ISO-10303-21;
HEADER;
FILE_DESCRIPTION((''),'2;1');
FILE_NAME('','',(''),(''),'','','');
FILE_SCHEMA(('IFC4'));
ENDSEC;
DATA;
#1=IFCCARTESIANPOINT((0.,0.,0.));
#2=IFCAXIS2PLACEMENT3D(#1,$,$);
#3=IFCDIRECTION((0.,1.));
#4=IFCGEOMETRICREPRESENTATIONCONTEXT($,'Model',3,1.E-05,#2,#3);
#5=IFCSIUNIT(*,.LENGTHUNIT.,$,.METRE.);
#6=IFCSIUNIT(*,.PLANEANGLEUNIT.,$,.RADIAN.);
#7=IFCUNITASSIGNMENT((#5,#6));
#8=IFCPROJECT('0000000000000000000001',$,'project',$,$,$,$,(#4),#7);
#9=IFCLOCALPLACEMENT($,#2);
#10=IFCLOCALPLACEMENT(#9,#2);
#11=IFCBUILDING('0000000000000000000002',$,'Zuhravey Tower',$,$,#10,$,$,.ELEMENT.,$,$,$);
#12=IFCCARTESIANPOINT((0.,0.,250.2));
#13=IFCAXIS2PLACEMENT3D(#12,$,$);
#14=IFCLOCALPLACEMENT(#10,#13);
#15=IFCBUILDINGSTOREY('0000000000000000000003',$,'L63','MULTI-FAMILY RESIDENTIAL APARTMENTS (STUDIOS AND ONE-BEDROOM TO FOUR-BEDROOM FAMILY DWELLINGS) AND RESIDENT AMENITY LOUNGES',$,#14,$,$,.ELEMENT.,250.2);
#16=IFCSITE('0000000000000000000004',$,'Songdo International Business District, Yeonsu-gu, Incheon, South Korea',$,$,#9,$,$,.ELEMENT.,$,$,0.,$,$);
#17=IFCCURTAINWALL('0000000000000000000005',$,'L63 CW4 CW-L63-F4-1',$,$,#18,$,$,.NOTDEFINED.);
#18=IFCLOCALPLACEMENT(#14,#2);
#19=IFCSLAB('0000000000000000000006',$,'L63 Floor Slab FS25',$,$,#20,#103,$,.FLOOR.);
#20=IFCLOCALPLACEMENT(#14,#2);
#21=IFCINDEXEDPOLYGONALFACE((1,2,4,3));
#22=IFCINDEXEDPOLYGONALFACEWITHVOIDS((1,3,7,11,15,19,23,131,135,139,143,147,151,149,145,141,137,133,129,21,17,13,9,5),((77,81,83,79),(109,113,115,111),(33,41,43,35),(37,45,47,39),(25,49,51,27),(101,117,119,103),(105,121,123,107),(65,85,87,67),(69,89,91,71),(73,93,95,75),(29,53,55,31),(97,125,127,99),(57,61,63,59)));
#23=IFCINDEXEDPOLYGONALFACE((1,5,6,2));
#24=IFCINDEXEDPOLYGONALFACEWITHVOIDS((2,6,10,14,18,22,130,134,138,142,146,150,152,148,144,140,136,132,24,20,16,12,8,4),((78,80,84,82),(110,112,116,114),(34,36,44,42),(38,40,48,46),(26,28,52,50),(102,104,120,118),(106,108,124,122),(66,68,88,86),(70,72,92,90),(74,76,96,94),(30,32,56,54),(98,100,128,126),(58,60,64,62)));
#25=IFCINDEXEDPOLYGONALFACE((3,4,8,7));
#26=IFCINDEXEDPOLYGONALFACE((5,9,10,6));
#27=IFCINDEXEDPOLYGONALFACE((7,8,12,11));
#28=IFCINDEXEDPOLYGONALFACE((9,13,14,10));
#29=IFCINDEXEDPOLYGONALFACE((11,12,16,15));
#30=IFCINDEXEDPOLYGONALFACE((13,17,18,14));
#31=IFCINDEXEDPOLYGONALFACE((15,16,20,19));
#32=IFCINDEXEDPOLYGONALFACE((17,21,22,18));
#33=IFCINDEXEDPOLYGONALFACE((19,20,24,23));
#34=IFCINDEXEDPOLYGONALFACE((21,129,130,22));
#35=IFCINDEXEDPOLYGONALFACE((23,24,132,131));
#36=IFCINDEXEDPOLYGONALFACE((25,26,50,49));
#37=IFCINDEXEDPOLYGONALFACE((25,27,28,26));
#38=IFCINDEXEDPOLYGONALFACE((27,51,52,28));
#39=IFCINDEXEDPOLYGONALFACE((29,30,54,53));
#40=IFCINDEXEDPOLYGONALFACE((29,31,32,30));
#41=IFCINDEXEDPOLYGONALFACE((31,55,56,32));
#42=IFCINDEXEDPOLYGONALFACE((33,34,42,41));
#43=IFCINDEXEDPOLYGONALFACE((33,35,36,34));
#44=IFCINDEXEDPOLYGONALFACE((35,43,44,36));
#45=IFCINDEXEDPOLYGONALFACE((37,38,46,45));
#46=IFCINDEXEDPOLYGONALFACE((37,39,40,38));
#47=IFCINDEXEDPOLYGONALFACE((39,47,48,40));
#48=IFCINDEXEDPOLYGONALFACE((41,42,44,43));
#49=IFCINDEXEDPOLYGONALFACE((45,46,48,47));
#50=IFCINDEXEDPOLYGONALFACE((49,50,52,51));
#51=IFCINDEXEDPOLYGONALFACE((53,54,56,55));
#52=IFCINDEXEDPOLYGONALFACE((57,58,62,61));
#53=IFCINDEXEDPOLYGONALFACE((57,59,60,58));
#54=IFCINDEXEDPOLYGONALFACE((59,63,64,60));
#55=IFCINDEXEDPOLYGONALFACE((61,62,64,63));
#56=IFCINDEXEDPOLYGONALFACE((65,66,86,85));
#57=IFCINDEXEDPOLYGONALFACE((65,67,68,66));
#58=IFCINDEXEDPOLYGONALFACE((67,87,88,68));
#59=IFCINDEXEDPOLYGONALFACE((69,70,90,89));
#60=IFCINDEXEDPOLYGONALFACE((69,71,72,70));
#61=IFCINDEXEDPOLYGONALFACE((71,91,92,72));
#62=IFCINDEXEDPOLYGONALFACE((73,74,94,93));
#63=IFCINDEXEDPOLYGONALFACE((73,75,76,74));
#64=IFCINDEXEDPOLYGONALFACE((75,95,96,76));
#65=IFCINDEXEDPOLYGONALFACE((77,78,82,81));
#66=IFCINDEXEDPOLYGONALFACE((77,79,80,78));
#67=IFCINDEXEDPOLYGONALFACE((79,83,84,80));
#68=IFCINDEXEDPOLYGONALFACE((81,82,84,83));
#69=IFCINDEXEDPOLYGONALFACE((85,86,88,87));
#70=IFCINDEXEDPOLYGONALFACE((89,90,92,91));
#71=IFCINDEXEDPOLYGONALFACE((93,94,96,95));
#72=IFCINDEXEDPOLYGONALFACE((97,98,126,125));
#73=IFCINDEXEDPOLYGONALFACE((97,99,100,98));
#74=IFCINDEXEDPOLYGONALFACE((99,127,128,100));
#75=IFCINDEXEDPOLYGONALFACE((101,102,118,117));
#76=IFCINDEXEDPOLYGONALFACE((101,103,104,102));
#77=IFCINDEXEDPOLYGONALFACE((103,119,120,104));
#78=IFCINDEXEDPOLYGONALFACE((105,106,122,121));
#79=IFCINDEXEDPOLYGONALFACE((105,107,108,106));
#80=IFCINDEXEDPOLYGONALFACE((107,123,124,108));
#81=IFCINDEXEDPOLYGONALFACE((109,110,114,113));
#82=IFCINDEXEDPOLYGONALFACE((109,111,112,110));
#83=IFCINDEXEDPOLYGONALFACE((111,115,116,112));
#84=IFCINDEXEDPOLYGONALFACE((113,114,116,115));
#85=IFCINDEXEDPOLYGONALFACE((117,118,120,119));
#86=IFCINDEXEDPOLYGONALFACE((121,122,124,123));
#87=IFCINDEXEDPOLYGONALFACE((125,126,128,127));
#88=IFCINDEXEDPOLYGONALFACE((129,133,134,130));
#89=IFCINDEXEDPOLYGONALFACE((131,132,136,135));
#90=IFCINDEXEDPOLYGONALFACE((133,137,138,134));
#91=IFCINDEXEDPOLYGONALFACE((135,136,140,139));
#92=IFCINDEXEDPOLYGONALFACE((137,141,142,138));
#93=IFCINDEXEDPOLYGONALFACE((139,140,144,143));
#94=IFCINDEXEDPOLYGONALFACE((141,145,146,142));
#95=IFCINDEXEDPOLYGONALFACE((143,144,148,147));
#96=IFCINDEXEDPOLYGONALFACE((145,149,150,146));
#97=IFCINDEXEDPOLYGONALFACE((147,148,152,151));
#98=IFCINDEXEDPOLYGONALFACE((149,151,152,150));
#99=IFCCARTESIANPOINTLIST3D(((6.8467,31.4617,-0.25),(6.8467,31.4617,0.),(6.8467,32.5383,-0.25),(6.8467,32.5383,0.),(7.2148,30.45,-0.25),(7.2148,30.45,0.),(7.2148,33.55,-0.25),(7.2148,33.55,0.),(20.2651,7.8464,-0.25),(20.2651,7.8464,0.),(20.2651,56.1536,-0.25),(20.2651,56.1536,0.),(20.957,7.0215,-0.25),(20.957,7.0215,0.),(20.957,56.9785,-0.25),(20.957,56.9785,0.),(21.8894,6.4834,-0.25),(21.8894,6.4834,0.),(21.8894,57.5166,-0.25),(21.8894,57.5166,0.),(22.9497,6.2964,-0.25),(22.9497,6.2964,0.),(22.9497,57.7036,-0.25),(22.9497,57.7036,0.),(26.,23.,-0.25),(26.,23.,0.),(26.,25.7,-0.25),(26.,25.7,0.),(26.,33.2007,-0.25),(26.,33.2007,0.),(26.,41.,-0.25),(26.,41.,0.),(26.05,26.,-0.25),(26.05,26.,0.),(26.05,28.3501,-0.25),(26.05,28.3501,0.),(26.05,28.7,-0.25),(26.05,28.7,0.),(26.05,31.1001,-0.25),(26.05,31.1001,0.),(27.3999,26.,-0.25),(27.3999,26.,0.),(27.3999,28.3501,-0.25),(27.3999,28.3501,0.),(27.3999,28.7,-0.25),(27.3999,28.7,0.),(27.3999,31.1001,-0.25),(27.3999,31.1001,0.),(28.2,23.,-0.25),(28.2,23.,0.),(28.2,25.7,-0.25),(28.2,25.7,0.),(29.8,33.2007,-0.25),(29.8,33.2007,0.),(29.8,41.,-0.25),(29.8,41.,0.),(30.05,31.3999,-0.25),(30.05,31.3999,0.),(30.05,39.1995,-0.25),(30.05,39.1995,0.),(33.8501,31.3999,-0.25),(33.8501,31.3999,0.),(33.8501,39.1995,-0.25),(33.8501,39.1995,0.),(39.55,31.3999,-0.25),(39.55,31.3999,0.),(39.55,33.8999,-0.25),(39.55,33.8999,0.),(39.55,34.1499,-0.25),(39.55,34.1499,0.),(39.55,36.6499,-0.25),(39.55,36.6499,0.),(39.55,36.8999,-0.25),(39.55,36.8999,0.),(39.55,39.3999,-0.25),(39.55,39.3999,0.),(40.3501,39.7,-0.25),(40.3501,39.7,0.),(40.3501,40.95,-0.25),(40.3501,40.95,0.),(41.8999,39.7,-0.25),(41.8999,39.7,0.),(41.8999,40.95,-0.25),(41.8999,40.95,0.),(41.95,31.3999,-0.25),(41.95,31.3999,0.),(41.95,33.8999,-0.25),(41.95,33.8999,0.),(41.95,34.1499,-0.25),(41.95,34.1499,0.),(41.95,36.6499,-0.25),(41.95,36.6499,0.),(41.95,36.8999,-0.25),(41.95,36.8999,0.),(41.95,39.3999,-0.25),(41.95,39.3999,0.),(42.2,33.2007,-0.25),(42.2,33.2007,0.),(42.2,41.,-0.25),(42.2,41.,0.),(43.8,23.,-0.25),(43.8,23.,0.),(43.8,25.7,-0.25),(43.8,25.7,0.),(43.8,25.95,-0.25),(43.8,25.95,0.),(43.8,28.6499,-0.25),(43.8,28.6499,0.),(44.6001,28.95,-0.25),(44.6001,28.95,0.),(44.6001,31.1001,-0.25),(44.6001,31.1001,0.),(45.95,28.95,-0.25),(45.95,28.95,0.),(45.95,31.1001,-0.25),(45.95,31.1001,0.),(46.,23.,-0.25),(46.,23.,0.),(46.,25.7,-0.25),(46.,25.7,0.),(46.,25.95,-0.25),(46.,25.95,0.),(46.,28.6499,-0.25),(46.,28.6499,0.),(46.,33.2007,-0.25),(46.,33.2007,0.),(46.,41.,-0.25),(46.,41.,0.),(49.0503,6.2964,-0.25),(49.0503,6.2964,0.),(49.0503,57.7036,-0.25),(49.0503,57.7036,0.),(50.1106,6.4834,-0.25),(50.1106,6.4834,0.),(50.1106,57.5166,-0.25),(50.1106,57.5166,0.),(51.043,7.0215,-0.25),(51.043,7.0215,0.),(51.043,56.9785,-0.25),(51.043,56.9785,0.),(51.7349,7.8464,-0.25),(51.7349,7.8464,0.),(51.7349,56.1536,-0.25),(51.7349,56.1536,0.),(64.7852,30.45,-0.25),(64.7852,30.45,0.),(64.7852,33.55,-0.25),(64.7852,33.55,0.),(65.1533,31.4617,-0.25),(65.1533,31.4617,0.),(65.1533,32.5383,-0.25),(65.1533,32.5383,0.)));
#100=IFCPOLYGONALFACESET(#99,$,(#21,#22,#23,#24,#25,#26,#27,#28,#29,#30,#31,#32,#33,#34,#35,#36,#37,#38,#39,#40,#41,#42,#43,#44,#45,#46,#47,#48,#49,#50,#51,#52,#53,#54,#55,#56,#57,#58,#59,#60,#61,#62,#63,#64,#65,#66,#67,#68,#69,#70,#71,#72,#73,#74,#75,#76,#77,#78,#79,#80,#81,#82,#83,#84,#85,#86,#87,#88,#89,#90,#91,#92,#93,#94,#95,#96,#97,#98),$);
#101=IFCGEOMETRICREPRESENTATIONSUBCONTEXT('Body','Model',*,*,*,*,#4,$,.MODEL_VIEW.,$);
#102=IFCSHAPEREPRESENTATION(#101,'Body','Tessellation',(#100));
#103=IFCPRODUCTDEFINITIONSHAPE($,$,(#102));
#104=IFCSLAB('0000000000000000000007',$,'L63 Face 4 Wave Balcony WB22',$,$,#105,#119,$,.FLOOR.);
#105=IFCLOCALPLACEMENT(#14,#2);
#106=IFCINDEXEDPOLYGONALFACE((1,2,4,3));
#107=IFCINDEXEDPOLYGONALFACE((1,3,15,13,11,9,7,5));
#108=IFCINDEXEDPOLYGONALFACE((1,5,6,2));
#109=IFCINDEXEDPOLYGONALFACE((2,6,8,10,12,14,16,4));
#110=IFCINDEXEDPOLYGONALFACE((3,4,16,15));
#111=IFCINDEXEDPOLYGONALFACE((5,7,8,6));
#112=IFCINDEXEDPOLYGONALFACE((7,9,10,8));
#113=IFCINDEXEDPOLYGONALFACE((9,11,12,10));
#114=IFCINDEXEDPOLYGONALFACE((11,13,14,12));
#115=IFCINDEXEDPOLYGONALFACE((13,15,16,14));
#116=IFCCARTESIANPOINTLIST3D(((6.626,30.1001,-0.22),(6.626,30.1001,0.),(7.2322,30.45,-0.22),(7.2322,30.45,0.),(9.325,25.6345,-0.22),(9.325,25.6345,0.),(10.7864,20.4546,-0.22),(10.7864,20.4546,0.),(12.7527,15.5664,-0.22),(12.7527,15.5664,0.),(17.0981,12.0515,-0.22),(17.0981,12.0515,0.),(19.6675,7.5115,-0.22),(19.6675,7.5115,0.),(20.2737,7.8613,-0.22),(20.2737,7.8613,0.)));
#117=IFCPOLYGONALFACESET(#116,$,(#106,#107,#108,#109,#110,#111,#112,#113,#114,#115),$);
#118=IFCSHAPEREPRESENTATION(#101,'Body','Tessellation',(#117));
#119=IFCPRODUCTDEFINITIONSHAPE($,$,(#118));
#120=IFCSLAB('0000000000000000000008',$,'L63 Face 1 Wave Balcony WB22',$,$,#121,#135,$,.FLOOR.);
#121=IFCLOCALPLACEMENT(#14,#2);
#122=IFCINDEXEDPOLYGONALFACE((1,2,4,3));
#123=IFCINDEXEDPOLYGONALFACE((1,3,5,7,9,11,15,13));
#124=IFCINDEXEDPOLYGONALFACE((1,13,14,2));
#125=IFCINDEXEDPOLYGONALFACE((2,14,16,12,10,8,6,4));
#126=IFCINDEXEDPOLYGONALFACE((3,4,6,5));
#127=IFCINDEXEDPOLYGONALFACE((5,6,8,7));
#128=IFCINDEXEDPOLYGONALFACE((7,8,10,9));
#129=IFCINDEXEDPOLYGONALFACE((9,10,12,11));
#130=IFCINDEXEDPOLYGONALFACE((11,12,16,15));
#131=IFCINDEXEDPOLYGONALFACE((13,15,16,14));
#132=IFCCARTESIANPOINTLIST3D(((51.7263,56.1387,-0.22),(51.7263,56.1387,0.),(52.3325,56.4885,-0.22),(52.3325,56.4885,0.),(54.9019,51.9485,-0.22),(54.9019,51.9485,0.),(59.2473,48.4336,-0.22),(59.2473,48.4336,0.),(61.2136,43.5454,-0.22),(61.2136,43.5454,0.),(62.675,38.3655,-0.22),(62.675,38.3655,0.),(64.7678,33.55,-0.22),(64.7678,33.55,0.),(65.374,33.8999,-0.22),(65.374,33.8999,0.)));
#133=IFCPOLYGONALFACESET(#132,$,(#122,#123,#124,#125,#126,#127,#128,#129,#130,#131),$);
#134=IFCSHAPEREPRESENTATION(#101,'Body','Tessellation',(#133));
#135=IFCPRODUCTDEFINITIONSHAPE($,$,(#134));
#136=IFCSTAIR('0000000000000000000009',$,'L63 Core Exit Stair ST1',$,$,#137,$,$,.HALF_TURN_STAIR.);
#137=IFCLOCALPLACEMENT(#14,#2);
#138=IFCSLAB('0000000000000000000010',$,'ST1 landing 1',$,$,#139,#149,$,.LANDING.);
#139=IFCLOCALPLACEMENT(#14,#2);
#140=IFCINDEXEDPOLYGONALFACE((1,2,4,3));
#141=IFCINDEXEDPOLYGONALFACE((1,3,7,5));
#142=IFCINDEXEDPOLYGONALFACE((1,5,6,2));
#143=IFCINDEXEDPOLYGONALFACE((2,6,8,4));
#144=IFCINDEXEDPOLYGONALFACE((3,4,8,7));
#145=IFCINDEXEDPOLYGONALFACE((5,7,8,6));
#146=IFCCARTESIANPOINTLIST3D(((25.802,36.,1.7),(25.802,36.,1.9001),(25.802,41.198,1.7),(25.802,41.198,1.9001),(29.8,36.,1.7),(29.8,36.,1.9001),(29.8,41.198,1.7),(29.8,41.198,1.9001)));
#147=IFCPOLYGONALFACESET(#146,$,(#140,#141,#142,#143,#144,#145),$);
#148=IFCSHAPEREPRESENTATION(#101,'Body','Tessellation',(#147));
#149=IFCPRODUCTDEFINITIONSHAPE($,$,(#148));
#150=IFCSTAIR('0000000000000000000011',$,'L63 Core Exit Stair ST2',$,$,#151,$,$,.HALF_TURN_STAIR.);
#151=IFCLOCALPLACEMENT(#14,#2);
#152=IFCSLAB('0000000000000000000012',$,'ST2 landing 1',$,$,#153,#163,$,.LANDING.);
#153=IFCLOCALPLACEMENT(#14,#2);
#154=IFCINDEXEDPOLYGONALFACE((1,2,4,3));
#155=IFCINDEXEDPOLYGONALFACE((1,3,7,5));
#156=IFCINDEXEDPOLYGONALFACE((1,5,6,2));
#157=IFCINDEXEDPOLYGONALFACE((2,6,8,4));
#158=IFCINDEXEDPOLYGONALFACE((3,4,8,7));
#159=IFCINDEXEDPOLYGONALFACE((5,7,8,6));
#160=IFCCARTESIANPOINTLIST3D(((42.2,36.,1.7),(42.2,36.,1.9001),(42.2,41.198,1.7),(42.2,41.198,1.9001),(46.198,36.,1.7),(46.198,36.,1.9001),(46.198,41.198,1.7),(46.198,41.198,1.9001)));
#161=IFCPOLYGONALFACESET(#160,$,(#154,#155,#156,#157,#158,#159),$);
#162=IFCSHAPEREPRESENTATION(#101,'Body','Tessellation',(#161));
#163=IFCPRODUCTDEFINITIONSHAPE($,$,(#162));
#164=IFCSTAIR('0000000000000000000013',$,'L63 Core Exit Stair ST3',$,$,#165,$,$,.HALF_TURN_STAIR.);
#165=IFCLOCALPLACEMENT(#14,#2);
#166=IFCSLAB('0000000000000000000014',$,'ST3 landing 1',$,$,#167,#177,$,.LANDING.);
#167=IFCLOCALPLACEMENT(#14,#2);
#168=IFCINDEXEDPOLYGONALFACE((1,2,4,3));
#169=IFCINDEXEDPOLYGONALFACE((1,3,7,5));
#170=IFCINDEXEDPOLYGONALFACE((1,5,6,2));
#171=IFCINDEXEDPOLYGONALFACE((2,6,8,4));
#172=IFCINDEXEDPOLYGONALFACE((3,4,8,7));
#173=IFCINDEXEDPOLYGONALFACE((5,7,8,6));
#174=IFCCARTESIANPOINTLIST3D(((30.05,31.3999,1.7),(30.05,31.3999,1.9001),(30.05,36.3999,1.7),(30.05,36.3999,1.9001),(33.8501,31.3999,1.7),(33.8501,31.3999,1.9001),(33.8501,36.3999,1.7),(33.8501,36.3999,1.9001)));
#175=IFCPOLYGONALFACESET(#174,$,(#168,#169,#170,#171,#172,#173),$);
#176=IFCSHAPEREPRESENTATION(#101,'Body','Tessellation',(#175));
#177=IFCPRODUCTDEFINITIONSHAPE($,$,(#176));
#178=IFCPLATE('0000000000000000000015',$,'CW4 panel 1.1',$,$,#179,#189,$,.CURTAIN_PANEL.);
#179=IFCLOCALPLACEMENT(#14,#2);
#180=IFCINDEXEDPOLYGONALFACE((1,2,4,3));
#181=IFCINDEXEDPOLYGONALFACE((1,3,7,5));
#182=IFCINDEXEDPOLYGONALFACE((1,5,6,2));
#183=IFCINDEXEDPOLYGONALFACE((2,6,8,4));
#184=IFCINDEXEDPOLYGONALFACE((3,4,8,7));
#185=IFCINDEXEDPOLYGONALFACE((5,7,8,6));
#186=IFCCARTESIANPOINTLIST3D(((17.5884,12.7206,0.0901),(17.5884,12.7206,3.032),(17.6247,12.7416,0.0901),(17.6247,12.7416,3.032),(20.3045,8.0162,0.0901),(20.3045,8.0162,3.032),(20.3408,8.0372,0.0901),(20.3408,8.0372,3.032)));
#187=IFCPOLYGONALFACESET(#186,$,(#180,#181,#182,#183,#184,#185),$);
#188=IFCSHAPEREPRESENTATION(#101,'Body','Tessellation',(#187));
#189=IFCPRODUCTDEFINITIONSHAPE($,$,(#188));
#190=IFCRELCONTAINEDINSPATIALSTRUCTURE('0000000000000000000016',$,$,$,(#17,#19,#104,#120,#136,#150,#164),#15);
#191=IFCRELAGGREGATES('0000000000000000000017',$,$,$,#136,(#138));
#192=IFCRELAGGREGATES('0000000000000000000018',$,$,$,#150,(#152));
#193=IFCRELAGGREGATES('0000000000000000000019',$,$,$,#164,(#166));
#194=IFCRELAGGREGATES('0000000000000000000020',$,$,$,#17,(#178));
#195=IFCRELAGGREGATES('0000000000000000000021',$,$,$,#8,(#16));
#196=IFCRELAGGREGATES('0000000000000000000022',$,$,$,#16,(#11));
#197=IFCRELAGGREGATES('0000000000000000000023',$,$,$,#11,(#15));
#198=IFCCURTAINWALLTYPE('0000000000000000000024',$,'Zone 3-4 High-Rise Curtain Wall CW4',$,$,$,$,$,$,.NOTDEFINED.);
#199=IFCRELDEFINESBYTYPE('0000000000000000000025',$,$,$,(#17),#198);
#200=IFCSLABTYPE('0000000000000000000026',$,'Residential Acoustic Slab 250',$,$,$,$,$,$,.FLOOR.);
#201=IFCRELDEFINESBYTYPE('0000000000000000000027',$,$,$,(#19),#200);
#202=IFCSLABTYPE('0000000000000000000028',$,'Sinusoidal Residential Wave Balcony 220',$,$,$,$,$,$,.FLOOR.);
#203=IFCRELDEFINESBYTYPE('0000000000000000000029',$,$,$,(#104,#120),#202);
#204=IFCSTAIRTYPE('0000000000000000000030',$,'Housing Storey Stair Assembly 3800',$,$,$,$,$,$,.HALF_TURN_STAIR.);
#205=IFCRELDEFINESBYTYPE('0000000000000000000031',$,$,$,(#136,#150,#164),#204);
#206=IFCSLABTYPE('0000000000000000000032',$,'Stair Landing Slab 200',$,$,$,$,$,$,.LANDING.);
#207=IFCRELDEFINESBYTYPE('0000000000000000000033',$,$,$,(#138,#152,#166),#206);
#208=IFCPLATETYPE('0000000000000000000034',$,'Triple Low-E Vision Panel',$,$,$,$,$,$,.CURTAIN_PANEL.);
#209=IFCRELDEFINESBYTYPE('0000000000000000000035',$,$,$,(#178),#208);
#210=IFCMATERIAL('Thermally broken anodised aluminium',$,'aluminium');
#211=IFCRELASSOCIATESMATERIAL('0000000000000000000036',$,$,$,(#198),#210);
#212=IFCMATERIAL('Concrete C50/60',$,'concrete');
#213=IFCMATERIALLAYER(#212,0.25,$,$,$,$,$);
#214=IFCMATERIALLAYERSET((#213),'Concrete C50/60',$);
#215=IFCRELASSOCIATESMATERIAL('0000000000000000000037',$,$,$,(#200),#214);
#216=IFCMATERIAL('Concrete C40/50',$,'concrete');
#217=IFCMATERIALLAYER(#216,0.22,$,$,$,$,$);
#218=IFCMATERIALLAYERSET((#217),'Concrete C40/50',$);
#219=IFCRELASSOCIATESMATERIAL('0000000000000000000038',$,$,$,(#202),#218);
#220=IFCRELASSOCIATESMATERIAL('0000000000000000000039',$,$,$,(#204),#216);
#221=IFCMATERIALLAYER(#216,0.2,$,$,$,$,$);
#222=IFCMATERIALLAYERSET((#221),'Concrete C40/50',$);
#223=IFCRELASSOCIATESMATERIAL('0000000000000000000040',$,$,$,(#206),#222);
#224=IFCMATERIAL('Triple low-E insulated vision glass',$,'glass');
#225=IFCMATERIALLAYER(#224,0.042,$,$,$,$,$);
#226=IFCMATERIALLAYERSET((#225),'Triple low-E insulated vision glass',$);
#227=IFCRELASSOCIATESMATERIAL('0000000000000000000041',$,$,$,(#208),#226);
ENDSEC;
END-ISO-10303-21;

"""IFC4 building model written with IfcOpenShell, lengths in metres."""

from ifc_helpers import new_model, si_unit, direction, frame, origin, origin_2d, place, context, subcontext, project, spatial, polyline, rectangle, outline, extrude, material, layer, layer_set, type_object, element, aggregate, save


model = new_model("IFC4")

# Units and contexts
model_context = context("Model", 3, precision=1e-05, world=origin(), true_north=direction((0.0, 1.0)))
body_context = subcontext(model_context, "Body", "Model", "MODEL_VIEW")
ifc_project = project(units=[si_unit("LENGTHUNIT", "METRE"), si_unit("PLANEANGLEUNIT", "RADIAN")], contexts=[model_context])

# Site, building, storey
site_placement = place(None, origin())
site = spatial("IfcSite", under=ifc_project, at=site_placement, Name="Songdo International Business District, Yeonsu-gu, Incheon, South Korea", CompositionType="ELEMENT", RefElevation=0.0)
building_placement = place(site_placement, origin())
building = spatial("IfcBuilding", under=site, at=building_placement, Name="Zuhravey Tower", CompositionType="ELEMENT")
storey_placement = place(building_placement, frame((0.0, 0.0, 250.2)))
storey = spatial("IfcBuildingStorey", under=building, at=storey_placement, Name="L63", Description="MULTI-FAMILY RESIDENTIAL APARTMENTS (STUDIOS AND ONE-BEDROOM TO FOUR-BEDROOM FAMILY DWELLINGS) AND RESIDENT AMENITY LOUNGES", CompositionType="ELEMENT", Elevation=250.2)

# Shared definitions
ifc_material_1 = material(Name="Concrete C50/60", Category="concrete")

# Curtain wall
ifc_material_2 = material(Name="Thermally broken anodised aluminium", Category="aluminium")
curtain_wall_type = type_object("IfcCurtainWallType", Name="Zone 3-4 High-Rise Curtain Wall CW4", PredefinedType="NOTDEFINED", material=ifc_material_2)
curtain_wall_placement = place(storey_placement, origin())
curtain_wall = element("IfcCurtainWall", 1, at=curtain_wall_placement, inside=storey, type_object=curtain_wall_type, Name="L63 CW4 CW-L63-F4-1", PredefinedType="NOTDEFINED")

# Slabs
ifc_layer_1 = layer(ifc_material_1, 0.25)
ifc_layer_set_1 = layer_set([ifc_layer_1], Name="Concrete C50/60")
slab_type_1 = type_object("IfcSlabType", Name="Residential Acoustic Slab 250", PredefinedType="FLOOR", material=ifc_layer_set_1)
slab_1_placement = place(storey_placement, frame((0.0, 0.0, -0.25)))
element("IfcSlab", 2, at=slab_1_placement, inside=storey, type_object=slab_type_1, Name="L63 Floor Slab FS25", PredefinedType="FLOOR", context=body_context, shape_type="SweptSolid", body=[
    extrude(outline(polyline([(64.7852, 30.45), (65.1533, 31.4617), (65.1533, 32.5383), (64.7852, 33.55), (51.7349, 56.1536), (51.043, 56.9785), (50.1106, 57.5166), (49.0503, 57.7036), (22.9497, 57.7036), (21.8894, 57.5166), (20.957, 56.9785), (20.2651, 56.1536), (7.2148, 33.55), (6.8467, 32.5383), (6.8467, 31.4617), (7.2148, 30.45), (20.2651, 7.8464), (20.957, 7.0215), (21.8894, 6.4834), (22.9497, 6.2964), (49.0503, 6.2964), (50.1106, 6.4834), (51.043, 7.0215), (51.7349, 7.8464), (64.7852, 30.45)]), holes=[polyline([(29.8, 33.2007), (29.8, 41.0), (26.0, 41.0), (26.0, 33.2007), (29.8, 33.2007)]), polyline([(46.0, 33.2007), (46.0, 41.0), (42.2, 41.0), (42.2, 33.2007), (46.0, 33.2007)]), polyline([(30.05, 39.1995), (30.05, 31.3999), (33.8501, 31.3999), (33.8501, 39.1995), (30.05, 39.1995)]), polyline([(39.55, 31.3999), (41.95, 31.3999), (41.95, 33.8999), (39.55, 33.8999), (39.55, 31.3999)]), polyline([(39.55, 34.1499), (41.95, 34.1499), (41.95, 36.6499), (39.55, 36.6499), (39.55, 34.1499)]), polyline([(39.55, 36.8999), (41.95, 36.8999), (41.95, 39.3999), (39.55, 39.3999), (39.55, 36.8999)]), polyline([(26.0, 23.0), (28.2, 23.0), (28.2, 25.7), (26.0, 25.7), (26.0, 23.0)]), polyline([(43.8, 23.0), (46.0, 23.0), (46.0, 25.7), (43.8, 25.7), (43.8, 23.0)]), polyline([(43.8, 25.95), (46.0, 25.95), (46.0, 28.6499), (43.8, 28.6499), (43.8, 25.95)]), polyline([(26.05, 26.0), (27.3999, 26.0), (27.3999, 28.3501), (26.05, 28.3501), (26.05, 26.0)]), polyline([(26.05, 28.7), (27.3999, 28.7), (27.3999, 31.1001), (26.05, 31.1001), (26.05, 28.7)]), polyline([(44.6001, 28.95), (45.95, 28.95), (45.95, 31.1001), (44.6001, 31.1001), (44.6001, 28.95)]), polyline([(40.3501, 39.7), (41.8999, 39.7), (41.8999, 40.95), (40.3501, 40.95), (40.3501, 39.7)])]), origin(), (0.0, 0.0, 1.0), 0.25),
])
ifc_material_3 = material(Name="Concrete C40/50", Category="concrete")
ifc_layer_2 = layer(ifc_material_3, 0.22)
ifc_layer_set_2 = layer_set([ifc_layer_2], Name="Concrete C40/50")
slab_type_2 = type_object("IfcSlabType", Name="Sinusoidal Residential Wave Balcony 220", PredefinedType="FLOOR", material=ifc_layer_set_2)
slab_2_placement = place(storey_placement, frame((0.0, 0.0, -0.22)))
element("IfcSlab", 3, at=slab_2_placement, inside=storey, type_object=slab_type_2, Name="L63 Face 4 Wave Balcony WB22", PredefinedType="FLOOR", context=body_context, shape_type="SweptSolid", body=[
    extrude(outline(polyline([(7.2322, 30.45), (20.2737, 7.8613), (19.6675, 7.5115), (17.0981, 12.0515), (12.7527, 15.5664), (10.7864, 20.4546), (9.325, 25.6345), (6.626, 30.1001), (7.2322, 30.45)])), origin(), (0.0, 0.0, 1.0), 0.22),
])
slab_3_placement = place(storey_placement, frame((0.0, 0.0, -0.22)))
element("IfcSlab", 4, at=slab_3_placement, inside=storey, type_object=slab_type_2, Name="L63 Face 1 Wave Balcony WB22", PredefinedType="FLOOR", context=body_context, shape_type="SweptSolid", body=[
    extrude(outline(polyline([(64.7678, 33.55), (51.7263, 56.1387), (52.3325, 56.4885), (54.9019, 51.9485), (59.2473, 48.4336), (61.2136, 43.5454), (62.675, 38.3655), (65.374, 33.8999), (64.7678, 33.55)])), origin(), (0.0, 0.0, 1.0), 0.22),
])

# Stairs, slabs
stair_type = type_object("IfcStairType", Name="Housing Storey Stair Assembly 3800", PredefinedType="HALF_TURN_STAIR", material=ifc_material_3)
stair_1_placement = place(storey_placement, origin())
stair_1 = element("IfcStair", 5, at=stair_1_placement, inside=storey, type_object=stair_type, Name="L63 Core Exit Stair ST1", PredefinedType="HALF_TURN_STAIR")
ifc_layer_3 = layer(ifc_material_3, 0.2)
ifc_layer_set_3 = layer_set([ifc_layer_3], Name="Concrete C40/50")
slab_type_3 = type_object("IfcSlabType", Name="Stair Landing Slab 200", PredefinedType="LANDING", material=ifc_layer_set_3)
slab_4_placement = place(storey_placement, frame((0.0, 0.0, 1.7)))
slab_4 = element("IfcSlab", 6, at=slab_4_placement, type_object=slab_type_3, Name="ST1 landing 1", PredefinedType="LANDING", context=body_context, shape_type="SweptSolid", body=[
    extrude(outline(polyline([(29.8, 36.0), (29.8, 41.198), (25.802, 41.198), (25.802, 36.0), (29.8, 36.0)])), origin(), (0.0, 0.0, 1.0), 0.2002),
])
aggregate(stair_1, [slab_4])
stair_2_placement = place(storey_placement, origin())
stair_2 = element("IfcStair", 7, at=stair_2_placement, inside=storey, type_object=stair_type, Name="L63 Core Exit Stair ST2", PredefinedType="HALF_TURN_STAIR")
slab_5_placement = place(storey_placement, frame((0.0, 0.0, 1.7)))
slab_5 = element("IfcSlab", 8, at=slab_5_placement, type_object=slab_type_3, Name="ST2 landing 1", PredefinedType="LANDING", context=body_context, shape_type="SweptSolid", body=[
    extrude(outline(polyline([(46.198, 36.0), (46.198, 41.198), (42.2, 41.198), (42.2, 36.0), (46.198, 36.0)])), origin(), (0.0, 0.0, 1.0), 0.2002),
])
aggregate(stair_2, [slab_5])
stair_3_placement = place(storey_placement, origin())
stair_3 = element("IfcStair", 9, at=stair_3_placement, inside=storey, type_object=stair_type, Name="L63 Core Exit Stair ST3", PredefinedType="HALF_TURN_STAIR")
slab_6_placement = place(storey_placement, frame((0.0, 0.0, 1.7)))
slab_6 = element("IfcSlab", 10, at=slab_6_placement, type_object=slab_type_3, Name="ST3 landing 1", PredefinedType="LANDING", context=body_context, shape_type="SweptSolid", body=[
    extrude(outline(polyline([(30.05, 36.3999), (30.05, 31.3999), (33.8501, 31.3999), (33.8501, 36.3999), (30.05, 36.3999)])), origin(), (0.0, 0.0, 1.0), 0.2002),
])
aggregate(stair_3, [slab_6])

# Plate
ifc_material_4 = material(Name="Triple low-E insulated vision glass", Category="glass")
ifc_layer_4 = layer(ifc_material_4, 0.042)
ifc_layer_set_4 = layer_set([ifc_layer_4], Name="Triple low-E insulated vision glass")
plate_type = type_object("IfcPlateType", Name="Triple Low-E Vision Panel", PredefinedType="CURTAIN_PANEL", material=ifc_layer_set_4)
plate_1_placement = place(storey_placement, frame((18.9646, 10.3789, 0.0901), z_axis=(0.0, 0.0, 1.0), x_axis=(-0.500001, 0.866025, 0.0)))
plate_1 = element("IfcPlate", 11, at=plate_1_placement, type_object=plate_type, Name="CW4 panel 1.1", PredefinedType="CURTAIN_PANEL", context=body_context, shape_type="SweptSolid", body=[
    extrude(rectangle(XDim=5.4321, YDim=0.042, at=origin_2d()), origin(), (0.0, 0.0, 1.0), 2.9419),
])
aggregate(curtain_wall, [plate_1])

save(model, "model.ifc")
